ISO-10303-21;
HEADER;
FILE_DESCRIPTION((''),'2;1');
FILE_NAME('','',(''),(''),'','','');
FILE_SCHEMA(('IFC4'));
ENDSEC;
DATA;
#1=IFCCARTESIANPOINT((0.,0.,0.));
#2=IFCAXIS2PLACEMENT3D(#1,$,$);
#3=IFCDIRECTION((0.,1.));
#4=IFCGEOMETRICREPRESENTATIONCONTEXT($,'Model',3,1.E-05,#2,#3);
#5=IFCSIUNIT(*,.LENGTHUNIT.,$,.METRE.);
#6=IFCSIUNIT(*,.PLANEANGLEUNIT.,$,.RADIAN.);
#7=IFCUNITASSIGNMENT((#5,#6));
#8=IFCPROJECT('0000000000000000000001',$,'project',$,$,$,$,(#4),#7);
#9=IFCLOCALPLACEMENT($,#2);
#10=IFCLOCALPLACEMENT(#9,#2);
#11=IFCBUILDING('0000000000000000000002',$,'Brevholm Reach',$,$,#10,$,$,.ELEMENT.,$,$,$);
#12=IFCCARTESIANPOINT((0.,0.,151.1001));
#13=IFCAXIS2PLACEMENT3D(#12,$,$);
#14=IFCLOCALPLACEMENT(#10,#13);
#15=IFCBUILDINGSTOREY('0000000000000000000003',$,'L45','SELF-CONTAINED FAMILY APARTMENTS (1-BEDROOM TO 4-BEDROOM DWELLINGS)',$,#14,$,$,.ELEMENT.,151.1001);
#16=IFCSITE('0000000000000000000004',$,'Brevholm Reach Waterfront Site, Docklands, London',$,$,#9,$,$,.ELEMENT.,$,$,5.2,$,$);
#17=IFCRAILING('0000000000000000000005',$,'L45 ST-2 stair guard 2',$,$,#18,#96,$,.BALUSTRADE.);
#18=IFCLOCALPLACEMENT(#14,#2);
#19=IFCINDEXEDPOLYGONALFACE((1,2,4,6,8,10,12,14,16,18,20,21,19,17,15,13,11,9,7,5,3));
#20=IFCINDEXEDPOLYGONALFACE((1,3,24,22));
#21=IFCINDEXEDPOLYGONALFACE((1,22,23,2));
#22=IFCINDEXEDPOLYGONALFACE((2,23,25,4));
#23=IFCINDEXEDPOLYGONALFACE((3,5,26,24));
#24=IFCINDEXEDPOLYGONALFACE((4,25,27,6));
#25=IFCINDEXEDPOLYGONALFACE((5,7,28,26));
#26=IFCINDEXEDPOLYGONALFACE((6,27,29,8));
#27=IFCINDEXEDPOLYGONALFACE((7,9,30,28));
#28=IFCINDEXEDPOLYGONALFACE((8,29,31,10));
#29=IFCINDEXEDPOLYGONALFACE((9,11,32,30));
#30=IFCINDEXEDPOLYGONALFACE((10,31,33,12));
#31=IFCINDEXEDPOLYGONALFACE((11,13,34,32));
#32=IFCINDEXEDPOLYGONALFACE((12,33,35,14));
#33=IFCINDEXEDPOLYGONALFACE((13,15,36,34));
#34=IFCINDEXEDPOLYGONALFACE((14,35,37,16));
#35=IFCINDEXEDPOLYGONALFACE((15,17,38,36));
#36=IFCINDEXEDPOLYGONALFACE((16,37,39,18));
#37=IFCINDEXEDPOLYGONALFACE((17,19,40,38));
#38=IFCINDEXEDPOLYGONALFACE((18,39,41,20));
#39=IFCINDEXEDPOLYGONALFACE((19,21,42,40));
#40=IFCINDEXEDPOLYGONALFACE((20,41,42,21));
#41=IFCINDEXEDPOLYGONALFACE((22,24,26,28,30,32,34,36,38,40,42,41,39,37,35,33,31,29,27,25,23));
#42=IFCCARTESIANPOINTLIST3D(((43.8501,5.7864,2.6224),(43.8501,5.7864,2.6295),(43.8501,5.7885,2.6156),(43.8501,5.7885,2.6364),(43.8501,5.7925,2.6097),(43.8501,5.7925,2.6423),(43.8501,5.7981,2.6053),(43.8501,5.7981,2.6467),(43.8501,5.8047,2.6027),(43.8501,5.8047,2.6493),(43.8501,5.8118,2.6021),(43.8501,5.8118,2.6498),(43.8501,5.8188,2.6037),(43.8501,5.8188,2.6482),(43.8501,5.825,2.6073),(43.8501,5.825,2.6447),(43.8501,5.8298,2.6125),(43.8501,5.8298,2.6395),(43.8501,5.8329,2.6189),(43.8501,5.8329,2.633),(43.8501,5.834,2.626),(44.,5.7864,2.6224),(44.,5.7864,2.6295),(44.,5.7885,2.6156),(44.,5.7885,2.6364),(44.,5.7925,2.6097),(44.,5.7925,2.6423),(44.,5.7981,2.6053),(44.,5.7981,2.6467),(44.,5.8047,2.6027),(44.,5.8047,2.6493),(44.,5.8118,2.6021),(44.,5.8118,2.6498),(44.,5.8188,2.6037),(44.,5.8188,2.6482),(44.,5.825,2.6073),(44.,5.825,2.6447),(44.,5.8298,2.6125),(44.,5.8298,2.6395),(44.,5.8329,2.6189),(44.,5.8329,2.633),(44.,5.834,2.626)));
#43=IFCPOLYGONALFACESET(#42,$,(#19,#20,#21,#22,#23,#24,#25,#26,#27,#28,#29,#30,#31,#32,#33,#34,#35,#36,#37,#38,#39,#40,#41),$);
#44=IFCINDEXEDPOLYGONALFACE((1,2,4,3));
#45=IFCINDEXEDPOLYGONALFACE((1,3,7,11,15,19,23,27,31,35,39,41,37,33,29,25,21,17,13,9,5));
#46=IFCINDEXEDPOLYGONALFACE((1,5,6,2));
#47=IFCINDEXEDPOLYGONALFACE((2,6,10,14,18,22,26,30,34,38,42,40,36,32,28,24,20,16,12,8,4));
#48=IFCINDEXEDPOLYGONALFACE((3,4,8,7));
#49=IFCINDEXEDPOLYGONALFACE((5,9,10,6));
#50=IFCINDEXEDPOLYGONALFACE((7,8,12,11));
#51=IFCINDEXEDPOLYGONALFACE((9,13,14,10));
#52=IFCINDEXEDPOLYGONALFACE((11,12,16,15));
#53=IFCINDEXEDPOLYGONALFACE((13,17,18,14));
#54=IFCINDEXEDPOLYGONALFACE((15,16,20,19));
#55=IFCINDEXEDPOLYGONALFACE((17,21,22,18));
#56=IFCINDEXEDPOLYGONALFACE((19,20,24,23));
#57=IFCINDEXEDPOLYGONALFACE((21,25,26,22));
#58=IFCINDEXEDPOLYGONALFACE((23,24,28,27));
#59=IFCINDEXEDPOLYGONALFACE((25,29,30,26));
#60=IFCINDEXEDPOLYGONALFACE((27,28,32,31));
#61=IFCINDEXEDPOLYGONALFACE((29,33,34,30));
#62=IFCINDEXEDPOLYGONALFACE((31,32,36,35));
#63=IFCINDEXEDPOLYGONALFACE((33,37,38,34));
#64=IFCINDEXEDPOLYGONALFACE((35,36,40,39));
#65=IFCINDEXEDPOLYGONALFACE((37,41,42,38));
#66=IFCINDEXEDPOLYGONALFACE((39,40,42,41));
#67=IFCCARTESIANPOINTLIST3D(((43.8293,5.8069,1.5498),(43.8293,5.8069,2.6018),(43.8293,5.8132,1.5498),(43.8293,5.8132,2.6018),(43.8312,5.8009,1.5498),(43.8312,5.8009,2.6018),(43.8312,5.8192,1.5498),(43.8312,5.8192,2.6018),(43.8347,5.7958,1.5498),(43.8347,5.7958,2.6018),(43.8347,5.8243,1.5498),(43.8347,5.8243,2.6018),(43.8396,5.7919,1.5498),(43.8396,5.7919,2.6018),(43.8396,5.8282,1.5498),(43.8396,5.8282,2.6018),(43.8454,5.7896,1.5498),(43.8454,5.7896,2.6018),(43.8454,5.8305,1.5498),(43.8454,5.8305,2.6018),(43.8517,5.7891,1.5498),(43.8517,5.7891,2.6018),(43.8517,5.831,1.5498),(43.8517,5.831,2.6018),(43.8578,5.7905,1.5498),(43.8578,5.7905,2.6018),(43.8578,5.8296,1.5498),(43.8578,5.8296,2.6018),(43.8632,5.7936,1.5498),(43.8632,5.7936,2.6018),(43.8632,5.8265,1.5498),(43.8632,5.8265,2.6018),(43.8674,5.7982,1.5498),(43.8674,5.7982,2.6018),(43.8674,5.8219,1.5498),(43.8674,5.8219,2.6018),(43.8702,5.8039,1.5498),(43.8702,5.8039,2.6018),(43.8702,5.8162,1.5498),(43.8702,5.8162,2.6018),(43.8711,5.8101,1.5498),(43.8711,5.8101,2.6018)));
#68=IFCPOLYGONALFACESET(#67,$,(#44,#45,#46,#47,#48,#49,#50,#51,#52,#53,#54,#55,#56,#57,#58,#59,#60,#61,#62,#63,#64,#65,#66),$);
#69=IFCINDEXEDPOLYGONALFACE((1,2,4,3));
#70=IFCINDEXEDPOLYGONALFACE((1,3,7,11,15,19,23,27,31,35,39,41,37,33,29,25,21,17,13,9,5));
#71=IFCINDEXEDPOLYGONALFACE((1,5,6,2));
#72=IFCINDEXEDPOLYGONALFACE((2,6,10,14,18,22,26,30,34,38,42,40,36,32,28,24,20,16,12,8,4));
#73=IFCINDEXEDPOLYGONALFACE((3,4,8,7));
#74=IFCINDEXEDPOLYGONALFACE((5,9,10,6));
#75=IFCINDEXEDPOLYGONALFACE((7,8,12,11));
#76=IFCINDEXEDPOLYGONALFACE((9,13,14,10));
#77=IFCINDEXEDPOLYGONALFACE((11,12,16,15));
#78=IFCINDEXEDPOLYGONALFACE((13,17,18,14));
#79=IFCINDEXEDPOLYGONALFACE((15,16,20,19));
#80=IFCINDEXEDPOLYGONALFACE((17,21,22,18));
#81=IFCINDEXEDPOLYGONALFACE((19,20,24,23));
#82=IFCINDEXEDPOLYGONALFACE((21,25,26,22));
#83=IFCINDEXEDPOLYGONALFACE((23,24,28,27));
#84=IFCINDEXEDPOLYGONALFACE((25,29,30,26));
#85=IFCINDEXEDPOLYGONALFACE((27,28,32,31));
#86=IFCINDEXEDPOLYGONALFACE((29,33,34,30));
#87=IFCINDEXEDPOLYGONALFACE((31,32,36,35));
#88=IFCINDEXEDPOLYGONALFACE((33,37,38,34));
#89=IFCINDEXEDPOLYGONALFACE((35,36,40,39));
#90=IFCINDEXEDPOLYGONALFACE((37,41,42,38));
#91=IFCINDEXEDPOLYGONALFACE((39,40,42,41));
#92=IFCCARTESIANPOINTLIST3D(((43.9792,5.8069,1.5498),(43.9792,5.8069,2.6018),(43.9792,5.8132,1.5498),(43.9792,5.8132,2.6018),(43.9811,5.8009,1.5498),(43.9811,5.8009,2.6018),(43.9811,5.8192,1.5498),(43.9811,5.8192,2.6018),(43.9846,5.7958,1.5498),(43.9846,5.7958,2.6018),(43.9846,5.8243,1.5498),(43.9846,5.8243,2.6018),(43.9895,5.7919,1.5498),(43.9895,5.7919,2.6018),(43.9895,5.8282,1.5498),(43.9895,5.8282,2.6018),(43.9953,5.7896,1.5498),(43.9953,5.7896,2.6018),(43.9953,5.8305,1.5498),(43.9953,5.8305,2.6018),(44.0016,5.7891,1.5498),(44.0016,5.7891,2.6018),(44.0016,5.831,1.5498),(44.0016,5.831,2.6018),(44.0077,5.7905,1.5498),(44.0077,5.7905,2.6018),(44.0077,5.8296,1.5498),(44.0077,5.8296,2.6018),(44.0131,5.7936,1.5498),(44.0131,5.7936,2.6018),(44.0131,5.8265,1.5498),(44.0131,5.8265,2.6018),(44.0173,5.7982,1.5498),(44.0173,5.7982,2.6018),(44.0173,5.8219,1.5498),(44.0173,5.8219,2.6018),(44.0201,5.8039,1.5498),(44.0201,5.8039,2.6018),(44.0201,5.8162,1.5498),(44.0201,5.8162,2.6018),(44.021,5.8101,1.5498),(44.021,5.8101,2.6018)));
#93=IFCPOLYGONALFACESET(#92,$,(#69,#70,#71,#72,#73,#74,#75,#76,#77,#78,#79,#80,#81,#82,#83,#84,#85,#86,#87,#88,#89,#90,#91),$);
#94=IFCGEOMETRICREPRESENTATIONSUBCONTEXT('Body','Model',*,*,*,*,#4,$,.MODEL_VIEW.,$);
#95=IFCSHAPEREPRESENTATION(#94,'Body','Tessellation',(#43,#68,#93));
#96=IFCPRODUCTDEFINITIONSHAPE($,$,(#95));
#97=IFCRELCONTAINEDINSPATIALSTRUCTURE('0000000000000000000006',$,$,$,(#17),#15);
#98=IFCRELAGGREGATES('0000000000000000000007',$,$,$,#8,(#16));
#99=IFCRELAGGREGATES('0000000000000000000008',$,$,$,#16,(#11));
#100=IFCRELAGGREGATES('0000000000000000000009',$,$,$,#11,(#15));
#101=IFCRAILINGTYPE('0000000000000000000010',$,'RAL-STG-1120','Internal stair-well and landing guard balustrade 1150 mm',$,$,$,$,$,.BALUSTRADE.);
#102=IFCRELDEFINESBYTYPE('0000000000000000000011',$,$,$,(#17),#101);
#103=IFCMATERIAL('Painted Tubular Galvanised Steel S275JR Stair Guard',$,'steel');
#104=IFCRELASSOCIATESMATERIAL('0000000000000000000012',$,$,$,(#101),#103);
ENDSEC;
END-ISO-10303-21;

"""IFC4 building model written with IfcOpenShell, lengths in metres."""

from ifc_helpers import new_model, si_unit, direction, frame, origin, origin_2d, place, context, subcontext, project, spatial, circle, extrude, material, type_object, element, save


model = new_model("IFC4")

# Units and contexts
model_context = context("Model", 3, precision=1e-05, world=origin(), true_north=direction((0.0, 1.0)))
body_context = subcontext(model_context, "Body", "Model", "MODEL_VIEW")
ifc_project = project(units=[si_unit("LENGTHUNIT", "METRE"), si_unit("PLANEANGLEUNIT", "RADIAN")], contexts=[model_context])

# Site, building, storey
site_placement = place(None, origin())
site = spatial("IfcSite", under=ifc_project, at=site_placement, Name="Brevholm Reach Waterfront Site, Docklands, London", CompositionType="ELEMENT", RefElevation=5.2)
building_placement = place(site_placement, origin())
building = spatial("IfcBuilding", under=site, at=building_placement, Name="Brevholm Reach", CompositionType="ELEMENT")
storey_placement = place(building_placement, frame((0.0, 0.0, 151.1001)))
storey = spatial("IfcBuildingStorey", under=building, at=storey_placement, Name="L45", Description="SELF-CONTAINED FAMILY APARTMENTS (1-BEDROOM TO 4-BEDROOM DWELLINGS)", CompositionType="ELEMENT", Elevation=151.1001)

# Railing
ifc_material_1 = material(Name="Painted Tubular Galvanised Steel S275JR Stair Guard", Category="steel")
railing_type_1 = type_object("IfcRailingType", Name="RAL-STG-1120", Description="Internal stair-well and landing guard balustrade 1150 mm", PredefinedType="BALUSTRADE", material=ifc_material_1)
railing_1_placement = place(storey_placement, frame((43.8501, 5.8101, 1.5498)))
element("IfcRailing", 1, at=railing_1_placement, inside=storey, type_object=railing_type_1, Name="L45 ST-2 stair guard 2", PredefinedType="BALUSTRADE", context=body_context, shape_type="SweptSolid", body=[
    extrude(circle(Radius=0.0239, at=origin_2d()), frame((0.0, 0.0, 1.0762), z_axis=(1.0, 0.0, 0.0), x_axis=(0.0, 1.0, 0.0)), (0.0, 0.0, 1.0), 0.1499),
    extrude(circle(Radius=0.021, at=origin_2d()), origin(), (0.0, 0.0, 1.0), 1.052),
    extrude(circle(Radius=0.021, at=origin_2d()), frame((0.1499, 0.0, 0.0)), (0.0, 0.0, 1.0), 1.052),
])

save(model, "model.ifc")
